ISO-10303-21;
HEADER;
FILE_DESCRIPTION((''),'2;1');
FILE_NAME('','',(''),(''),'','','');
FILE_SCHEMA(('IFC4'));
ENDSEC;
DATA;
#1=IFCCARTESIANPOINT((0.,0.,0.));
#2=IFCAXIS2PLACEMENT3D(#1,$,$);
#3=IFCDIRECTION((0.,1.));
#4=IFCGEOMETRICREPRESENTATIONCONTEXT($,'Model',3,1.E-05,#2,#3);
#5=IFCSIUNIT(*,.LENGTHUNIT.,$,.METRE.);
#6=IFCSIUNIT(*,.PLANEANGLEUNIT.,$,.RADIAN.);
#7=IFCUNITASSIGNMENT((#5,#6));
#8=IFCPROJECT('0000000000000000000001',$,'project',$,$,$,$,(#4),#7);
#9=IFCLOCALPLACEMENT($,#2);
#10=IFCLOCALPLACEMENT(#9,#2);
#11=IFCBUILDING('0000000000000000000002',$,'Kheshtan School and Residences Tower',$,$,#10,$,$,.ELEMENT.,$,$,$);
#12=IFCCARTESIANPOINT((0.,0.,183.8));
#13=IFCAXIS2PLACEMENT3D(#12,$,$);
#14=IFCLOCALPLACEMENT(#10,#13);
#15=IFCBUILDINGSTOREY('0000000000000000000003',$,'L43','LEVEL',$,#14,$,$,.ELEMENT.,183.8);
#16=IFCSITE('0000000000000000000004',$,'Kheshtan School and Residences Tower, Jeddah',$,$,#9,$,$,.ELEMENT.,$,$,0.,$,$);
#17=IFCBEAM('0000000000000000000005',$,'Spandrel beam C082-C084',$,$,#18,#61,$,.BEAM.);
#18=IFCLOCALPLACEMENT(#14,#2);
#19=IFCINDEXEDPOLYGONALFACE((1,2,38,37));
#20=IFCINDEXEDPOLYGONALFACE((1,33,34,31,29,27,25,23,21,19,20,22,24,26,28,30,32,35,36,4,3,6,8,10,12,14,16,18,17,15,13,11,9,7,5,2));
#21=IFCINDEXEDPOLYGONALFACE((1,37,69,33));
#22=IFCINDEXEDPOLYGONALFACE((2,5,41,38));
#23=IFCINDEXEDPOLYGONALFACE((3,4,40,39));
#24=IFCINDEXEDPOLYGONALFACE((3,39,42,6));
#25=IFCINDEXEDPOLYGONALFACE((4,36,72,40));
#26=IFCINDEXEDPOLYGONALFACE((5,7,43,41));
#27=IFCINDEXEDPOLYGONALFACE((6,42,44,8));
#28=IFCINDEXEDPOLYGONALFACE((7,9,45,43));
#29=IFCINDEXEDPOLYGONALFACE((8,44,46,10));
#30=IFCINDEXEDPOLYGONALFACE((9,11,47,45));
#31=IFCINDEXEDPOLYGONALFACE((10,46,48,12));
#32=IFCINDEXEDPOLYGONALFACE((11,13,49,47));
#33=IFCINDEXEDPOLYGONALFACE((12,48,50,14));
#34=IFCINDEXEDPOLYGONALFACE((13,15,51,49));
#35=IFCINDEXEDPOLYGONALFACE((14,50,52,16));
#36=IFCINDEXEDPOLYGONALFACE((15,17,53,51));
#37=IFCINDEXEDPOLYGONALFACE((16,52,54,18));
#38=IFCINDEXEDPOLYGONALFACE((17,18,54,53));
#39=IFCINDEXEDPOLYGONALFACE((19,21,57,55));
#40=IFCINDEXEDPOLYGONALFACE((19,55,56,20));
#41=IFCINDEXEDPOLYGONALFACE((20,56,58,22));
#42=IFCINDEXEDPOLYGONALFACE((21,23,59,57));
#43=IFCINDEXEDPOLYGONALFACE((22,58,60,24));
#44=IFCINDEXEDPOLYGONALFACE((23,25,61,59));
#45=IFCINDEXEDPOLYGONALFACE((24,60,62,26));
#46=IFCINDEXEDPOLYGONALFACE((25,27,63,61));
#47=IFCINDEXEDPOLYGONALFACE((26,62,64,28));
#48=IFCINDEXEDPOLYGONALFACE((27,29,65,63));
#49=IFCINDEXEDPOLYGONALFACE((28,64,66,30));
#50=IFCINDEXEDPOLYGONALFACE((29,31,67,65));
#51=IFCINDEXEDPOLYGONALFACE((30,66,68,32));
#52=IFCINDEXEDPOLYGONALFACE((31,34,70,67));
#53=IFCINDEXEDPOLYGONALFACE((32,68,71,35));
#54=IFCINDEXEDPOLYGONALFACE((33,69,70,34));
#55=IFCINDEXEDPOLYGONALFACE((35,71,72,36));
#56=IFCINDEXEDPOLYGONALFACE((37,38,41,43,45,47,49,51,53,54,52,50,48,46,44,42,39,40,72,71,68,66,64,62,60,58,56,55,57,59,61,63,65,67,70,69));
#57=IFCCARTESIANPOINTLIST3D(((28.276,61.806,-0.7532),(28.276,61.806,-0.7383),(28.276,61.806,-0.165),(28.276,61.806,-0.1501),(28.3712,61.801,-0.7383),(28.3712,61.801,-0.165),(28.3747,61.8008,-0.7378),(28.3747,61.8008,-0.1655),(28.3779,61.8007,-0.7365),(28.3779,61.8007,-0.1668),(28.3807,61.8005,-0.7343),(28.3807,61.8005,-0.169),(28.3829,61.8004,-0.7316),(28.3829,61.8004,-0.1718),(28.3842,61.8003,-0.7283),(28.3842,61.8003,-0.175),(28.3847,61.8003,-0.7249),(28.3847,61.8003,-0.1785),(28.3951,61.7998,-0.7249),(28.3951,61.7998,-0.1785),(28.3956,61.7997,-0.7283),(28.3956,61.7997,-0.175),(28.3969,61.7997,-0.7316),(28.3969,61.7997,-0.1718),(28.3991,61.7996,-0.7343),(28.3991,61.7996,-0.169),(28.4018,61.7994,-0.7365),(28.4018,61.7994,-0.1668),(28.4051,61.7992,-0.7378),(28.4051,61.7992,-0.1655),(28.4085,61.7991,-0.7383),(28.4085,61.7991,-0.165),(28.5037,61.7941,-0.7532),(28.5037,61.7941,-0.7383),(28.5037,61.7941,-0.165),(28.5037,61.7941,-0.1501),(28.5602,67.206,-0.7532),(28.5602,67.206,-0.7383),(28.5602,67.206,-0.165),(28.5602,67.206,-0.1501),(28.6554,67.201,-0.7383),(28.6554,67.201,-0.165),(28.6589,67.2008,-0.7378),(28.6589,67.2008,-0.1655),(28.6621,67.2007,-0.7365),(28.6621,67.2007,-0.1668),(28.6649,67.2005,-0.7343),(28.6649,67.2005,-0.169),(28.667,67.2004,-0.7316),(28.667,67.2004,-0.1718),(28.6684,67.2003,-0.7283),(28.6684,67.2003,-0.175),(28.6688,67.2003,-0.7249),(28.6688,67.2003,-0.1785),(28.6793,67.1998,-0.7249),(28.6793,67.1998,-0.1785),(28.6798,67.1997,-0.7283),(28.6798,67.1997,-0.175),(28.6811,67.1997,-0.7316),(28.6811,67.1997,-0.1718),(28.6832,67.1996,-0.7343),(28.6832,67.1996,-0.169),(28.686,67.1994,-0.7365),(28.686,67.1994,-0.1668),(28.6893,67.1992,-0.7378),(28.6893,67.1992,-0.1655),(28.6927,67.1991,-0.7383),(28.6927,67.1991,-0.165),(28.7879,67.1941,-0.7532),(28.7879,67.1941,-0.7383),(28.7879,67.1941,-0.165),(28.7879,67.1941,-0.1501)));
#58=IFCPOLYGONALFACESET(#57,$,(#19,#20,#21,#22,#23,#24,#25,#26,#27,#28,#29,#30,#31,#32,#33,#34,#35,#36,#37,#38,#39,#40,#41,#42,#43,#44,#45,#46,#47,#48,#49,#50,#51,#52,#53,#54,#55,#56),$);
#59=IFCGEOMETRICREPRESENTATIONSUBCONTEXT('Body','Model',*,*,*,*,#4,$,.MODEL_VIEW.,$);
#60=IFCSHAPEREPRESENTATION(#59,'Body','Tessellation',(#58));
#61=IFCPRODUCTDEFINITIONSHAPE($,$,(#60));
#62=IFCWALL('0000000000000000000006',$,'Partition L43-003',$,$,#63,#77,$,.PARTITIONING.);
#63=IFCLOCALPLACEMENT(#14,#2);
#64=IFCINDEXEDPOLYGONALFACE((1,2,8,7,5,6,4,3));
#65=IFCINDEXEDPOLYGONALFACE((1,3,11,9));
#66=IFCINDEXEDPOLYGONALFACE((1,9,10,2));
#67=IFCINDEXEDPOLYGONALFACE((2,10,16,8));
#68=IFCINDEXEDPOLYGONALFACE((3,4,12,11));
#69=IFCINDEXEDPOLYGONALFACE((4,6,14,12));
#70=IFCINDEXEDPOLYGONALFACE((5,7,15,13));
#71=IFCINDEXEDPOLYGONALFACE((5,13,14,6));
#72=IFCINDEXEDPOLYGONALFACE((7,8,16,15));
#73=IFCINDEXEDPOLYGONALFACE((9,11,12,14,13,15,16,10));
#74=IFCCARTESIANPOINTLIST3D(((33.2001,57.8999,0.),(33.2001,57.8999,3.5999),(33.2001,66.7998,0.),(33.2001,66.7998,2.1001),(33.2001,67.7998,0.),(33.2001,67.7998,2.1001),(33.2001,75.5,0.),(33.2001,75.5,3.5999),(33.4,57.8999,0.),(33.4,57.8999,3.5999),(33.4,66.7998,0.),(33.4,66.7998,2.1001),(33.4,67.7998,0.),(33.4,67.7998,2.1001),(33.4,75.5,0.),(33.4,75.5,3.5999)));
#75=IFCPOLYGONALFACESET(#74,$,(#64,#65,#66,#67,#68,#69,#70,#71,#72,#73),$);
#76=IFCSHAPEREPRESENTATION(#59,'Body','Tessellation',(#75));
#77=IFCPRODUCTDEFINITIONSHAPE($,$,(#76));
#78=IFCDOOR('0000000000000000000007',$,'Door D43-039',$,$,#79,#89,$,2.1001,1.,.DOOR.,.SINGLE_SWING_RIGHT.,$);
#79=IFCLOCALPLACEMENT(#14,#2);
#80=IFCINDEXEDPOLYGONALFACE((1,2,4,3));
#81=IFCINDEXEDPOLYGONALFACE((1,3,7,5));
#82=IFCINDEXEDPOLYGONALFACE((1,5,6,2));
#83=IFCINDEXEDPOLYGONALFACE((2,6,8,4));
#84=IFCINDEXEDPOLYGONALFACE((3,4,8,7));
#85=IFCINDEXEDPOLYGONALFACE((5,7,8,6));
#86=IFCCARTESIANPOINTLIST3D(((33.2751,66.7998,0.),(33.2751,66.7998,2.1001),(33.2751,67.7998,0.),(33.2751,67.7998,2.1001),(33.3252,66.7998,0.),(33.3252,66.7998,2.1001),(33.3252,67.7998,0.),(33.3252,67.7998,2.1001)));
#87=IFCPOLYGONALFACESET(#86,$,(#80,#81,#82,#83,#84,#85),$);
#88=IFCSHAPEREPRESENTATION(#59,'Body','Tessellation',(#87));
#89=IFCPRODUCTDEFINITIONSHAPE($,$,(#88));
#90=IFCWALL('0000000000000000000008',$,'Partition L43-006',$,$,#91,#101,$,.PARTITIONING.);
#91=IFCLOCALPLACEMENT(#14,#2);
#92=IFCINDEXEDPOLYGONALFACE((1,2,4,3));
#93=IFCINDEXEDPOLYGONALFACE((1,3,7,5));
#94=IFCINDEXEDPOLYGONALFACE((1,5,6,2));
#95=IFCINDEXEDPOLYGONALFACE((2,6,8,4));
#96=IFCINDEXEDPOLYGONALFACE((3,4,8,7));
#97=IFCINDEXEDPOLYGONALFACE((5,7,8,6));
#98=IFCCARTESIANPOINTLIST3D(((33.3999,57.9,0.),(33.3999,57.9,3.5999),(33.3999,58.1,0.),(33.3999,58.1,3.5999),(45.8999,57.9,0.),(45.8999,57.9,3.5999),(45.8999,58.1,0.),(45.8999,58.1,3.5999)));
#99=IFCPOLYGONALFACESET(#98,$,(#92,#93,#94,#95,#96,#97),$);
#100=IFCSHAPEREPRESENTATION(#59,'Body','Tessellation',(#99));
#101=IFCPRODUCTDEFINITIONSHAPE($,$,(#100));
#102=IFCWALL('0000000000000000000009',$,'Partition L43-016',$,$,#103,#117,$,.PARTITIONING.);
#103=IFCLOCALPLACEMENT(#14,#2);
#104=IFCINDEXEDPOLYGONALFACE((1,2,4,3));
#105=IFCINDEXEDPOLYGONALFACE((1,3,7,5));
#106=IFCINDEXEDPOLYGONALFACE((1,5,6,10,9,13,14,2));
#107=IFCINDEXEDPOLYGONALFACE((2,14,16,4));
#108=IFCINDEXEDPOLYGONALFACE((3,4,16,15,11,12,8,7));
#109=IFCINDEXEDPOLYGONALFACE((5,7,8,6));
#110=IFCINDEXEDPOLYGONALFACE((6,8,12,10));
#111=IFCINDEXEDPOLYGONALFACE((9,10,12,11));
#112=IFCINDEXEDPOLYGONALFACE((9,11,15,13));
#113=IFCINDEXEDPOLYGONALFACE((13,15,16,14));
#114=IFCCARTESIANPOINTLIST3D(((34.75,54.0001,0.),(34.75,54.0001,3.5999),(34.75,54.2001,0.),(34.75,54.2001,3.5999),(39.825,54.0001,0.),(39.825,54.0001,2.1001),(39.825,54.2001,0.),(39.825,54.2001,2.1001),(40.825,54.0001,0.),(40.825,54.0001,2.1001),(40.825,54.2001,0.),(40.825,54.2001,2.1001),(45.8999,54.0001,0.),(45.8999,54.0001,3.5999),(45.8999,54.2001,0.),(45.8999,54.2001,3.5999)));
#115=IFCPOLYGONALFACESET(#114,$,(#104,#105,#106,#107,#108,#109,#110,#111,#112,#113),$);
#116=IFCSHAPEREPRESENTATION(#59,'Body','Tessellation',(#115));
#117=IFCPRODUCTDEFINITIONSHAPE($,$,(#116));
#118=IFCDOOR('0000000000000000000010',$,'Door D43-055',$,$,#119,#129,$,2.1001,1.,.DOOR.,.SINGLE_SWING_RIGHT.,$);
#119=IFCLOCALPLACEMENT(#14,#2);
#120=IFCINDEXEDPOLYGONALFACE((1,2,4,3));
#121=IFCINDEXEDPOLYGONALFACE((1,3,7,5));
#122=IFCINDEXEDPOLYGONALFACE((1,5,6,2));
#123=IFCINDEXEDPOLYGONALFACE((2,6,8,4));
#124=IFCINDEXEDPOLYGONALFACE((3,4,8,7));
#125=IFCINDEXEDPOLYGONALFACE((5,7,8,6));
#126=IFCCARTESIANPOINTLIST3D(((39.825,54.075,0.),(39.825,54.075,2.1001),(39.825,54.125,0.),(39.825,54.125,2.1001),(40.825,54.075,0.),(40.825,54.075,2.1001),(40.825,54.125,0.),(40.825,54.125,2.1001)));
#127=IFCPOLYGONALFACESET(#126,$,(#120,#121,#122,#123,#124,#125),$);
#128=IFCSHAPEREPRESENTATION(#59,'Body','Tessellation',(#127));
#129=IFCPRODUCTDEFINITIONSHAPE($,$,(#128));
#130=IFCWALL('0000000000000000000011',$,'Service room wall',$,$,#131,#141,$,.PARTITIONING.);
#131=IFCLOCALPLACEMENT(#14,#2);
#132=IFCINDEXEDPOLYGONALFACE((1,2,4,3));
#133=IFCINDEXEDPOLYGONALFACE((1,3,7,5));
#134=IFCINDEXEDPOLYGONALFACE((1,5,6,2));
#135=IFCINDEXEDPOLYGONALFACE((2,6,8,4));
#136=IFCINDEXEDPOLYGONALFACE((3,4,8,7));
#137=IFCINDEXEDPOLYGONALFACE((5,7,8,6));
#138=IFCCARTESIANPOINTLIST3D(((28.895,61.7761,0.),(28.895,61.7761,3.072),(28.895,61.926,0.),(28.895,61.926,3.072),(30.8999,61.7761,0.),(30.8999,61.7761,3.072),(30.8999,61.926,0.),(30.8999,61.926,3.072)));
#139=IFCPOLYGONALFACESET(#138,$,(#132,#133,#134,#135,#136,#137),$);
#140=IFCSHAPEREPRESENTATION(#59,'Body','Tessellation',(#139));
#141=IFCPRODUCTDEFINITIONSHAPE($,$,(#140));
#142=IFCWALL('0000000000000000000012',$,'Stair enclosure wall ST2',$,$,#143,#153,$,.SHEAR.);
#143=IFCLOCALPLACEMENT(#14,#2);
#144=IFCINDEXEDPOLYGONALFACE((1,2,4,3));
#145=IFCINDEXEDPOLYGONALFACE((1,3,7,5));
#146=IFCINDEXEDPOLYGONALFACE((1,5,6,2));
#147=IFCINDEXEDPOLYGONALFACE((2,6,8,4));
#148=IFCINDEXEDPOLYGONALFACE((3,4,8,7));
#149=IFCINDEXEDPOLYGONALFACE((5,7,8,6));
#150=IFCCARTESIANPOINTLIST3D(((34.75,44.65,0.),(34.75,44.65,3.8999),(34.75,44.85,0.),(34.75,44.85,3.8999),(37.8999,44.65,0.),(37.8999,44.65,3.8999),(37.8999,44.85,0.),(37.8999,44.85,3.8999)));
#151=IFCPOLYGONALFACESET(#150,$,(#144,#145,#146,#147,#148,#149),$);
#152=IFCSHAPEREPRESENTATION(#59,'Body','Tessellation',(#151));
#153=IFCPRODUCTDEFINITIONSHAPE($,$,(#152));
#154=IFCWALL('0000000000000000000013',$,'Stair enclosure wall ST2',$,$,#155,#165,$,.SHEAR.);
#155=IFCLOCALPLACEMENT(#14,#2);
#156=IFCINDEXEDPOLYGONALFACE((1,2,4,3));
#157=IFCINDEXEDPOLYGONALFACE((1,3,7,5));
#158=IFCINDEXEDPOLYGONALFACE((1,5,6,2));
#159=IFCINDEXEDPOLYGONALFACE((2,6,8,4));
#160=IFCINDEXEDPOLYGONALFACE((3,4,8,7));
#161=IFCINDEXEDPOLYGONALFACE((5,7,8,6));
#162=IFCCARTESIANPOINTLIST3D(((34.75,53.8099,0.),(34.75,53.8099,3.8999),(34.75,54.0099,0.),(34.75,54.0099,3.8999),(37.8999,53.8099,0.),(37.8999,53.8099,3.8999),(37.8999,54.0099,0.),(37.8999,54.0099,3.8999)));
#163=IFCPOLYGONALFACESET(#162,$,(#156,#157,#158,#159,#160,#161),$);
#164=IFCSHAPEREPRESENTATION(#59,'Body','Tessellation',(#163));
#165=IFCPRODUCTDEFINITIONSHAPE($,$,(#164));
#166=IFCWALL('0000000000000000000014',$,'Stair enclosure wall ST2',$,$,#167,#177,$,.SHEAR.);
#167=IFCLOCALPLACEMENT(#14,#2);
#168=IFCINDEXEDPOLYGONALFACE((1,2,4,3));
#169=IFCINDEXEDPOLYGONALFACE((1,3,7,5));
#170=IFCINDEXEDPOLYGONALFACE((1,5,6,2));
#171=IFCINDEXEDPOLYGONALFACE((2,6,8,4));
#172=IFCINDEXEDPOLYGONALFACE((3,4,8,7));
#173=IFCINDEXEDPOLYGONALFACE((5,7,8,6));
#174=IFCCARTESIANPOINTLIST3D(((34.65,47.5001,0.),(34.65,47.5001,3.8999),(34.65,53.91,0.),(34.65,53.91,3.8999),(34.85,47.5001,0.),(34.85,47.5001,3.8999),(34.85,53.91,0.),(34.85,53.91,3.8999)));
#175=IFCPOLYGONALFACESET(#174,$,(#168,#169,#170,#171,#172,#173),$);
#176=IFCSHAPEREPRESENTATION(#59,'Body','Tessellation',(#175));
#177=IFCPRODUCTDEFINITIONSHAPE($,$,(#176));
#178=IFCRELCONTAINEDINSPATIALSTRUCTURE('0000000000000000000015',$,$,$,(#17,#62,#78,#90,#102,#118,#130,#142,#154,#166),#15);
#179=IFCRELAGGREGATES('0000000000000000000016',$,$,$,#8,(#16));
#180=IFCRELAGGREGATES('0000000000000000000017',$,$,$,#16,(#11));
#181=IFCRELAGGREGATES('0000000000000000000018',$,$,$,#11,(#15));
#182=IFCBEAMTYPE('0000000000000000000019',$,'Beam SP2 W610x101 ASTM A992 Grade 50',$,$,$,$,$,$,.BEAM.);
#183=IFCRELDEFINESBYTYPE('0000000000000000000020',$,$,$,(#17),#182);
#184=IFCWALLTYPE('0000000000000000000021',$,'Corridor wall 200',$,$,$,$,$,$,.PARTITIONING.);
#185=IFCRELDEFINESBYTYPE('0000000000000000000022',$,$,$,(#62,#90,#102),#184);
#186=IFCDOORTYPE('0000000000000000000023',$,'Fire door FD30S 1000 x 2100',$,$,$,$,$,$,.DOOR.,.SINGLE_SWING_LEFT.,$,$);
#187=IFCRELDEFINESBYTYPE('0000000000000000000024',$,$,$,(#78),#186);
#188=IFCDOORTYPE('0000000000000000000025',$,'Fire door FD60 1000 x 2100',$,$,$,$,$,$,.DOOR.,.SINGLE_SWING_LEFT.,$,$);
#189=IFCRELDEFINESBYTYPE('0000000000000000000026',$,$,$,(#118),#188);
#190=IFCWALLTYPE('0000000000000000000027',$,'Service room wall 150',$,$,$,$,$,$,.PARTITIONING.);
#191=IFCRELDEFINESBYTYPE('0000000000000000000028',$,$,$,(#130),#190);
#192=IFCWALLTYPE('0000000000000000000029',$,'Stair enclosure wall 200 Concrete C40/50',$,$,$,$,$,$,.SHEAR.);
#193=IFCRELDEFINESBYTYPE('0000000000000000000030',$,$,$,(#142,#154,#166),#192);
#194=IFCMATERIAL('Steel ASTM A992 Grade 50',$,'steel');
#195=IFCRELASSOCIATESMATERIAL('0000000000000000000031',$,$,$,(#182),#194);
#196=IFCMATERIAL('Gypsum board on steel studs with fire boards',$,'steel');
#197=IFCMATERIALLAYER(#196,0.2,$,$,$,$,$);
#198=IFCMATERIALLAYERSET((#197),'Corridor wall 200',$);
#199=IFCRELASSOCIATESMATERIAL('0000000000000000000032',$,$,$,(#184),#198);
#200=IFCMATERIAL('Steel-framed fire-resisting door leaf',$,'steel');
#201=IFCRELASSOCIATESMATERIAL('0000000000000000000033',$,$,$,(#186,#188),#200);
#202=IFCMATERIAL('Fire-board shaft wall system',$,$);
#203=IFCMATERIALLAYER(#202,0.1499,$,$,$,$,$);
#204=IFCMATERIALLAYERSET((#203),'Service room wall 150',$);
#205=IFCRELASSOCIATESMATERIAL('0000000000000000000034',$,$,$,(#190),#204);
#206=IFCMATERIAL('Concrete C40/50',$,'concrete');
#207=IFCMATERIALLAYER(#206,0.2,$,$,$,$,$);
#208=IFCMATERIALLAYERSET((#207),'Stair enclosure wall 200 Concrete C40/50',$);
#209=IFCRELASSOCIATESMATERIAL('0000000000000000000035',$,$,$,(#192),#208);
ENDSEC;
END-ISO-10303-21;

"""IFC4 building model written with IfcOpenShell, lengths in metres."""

from ifc_helpers import new_model, si_unit, direction, frame, frame_2d, origin, origin_2d, place, context, subcontext, project, spatial, rectangle, i_section, extrude, source, transform, mapped, material, layer, layer_set, material_profile, profile_set, type_object, element, fill, save


model = new_model("IFC4")

# Units and contexts
model_context = context("Model", 3, precision=1e-05, world=origin(), true_north=direction((0.0, 1.0)))
body_context = subcontext(model_context, "Body", "Model", "MODEL_VIEW")
ifc_project = project(units=[si_unit("LENGTHUNIT", "METRE"), si_unit("PLANEANGLEUNIT", "RADIAN")], contexts=[model_context])

# Site, building, storey
site_placement = place(None, origin())
site = spatial("IfcSite", under=ifc_project, at=site_placement, Name="Kheshtan School and Residences Tower, Jeddah", CompositionType="ELEMENT", RefElevation=0.0)
building_placement = place(site_placement, origin())
building = spatial("IfcBuilding", under=site, at=building_placement, Name="Kheshtan School and Residences Tower", CompositionType="ELEMENT")
storey_placement = place(building_placement, frame((0.0, 0.0, 183.8)))
storey = spatial("IfcBuildingStorey", under=building, at=storey_placement, Name="L43", Description="LEVEL", CompositionType="ELEMENT", Elevation=183.8)

# Shared definitions
ifc_material_1 = material(Name="Steel ASTM A992 Grade 50", Category="steel")

# Beam
ifc_material_profile_1 = material_profile(ifc_material_1, i_section(OverallWidth=0.228, OverallDepth=0.603, WebThickness=0.0105, FlangeThickness=0.0149, FilletRadius=0.0134, at=origin_2d()), Name="W610x101")
ifc_profile_set_1 = profile_set([ifc_material_profile_1], Name="Steel ASTM A992 Grade 50")
beam_type_1 = type_object("IfcBeamType", Name="Beam SP2 W610x101 ASTM A992 Grade 50", PredefinedType="BEAM", material=ifc_profile_set_1)
beam_1_placement = place(storey_placement, frame((28.3899, 61.8, -0.4517), z_axis=(0.052554, 0.998618, 0.0), x_axis=(-0.998618, 0.052554, 0.0)))
element("IfcBeam", 1, at=beam_1_placement, inside=storey, type_object=beam_type_1, Name="Spandrel beam C082-C084", PredefinedType="BEAM", context=body_context, shape_type="SweptSolid", body=[
    extrude(i_section(OverallWidth=0.228, OverallDepth=0.603, WebThickness=0.0105, FlangeThickness=0.0149, FilletRadius=0.0134, at=origin_2d()), origin(), (0.0, 0.0, 1.0), 5.4075),
])

# Wall, opening, door
ifc_material_2 = material(Name="Gypsum board on steel studs with fire boards", Category="steel")
ifc_layer_1 = layer(ifc_material_2, 0.2)
ifc_layer_set_1 = layer_set([ifc_layer_1], Name="Corridor wall 200")
wall_type_1 = type_object("IfcWallType", Name="Corridor wall 200", PredefinedType="PARTITIONING", material=ifc_layer_set_1)
wall_1_placement = place(storey_placement, frame((33.3, 57.8999, 0.0), z_axis=(0.0, 0.0, 1.0), x_axis=(0.0, 1.0, 0.0)))
wall_1 = element("IfcWall", 2, at=wall_1_placement, inside=storey, type_object=wall_type_1, Name="Partition L43-003", PredefinedType="PARTITIONING", context=body_context, shape_type="SweptSolid", body=[
    extrude(rectangle(XDim=17.6001, YDim=0.2, at=frame_2d((8.8, 0.0))), origin(), (0.0, 0.0, 1.0), 3.5999),
])
opening_1_placement = place(wall_1_placement, frame((8.8999, 0.0, 0.0)))
opening_1 = element("IfcOpeningElement", 3, at=opening_1_placement, cuts=wall_1, PredefinedType="OPENING", context=body_context, shape_type="SweptSolid", body=[
    extrude(rectangle(XDim=1.0, YDim=2.1001, at=frame_2d((0.5, 1.05))), frame((0.0, 0.1099, 0.0), z_axis=(0.0, -1.0, 0.0), x_axis=(1.0, 0.0, 0.0)), (0.0, 0.0, 1.0), 0.22),
])
ifc_material_3 = material(Name="Steel-framed fire-resisting door leaf", Category="steel")
door_type_1 = type_object("IfcDoorType", Name="Fire door FD30S 1000 x 2100", OperationType="SINGLE_SWING_LEFT", PredefinedType="DOOR", material=ifc_material_3)
shared_shape_1 = source(origin(), body_context, "Body", "SweptSolid", [
    extrude(rectangle(XDim=1.0, YDim=2.1001, at=frame_2d((0.5, 1.05))), frame((0.0, 0.0249, 0.0), z_axis=(0.0, -1.0, 0.0), x_axis=(1.0, 0.0, 0.0)), (0.0, 0.0, 1.0), 0.05),
])
door_1_placement = place(opening_1_placement, origin())
door_1 = element("IfcDoor", 4, at=door_1_placement, inside=storey, type_object=door_type_1, Name="Door D43-039", OperationType="SINGLE_SWING_RIGHT", OverallHeight=2.1001, OverallWidth=1.0, PredefinedType="DOOR", context=body_context, shape_type="MappedRepresentation", body=[
    mapped(shared_shape_1, transform((0.0, 0.0, 0.0), x_axis=(1.0, 0.0, 0.0), y_axis=(0.0, 1.0, 0.0), z_axis=(0.0, 0.0, 1.0), scale=1.0)),
])
fill(opening_1, door_1)

# Wall
wall_2_placement = place(storey_placement, frame((33.3999, 58.0, 0.0), z_axis=(0.0, 0.0, 1.0), x_axis=(1.0, 0.0, 0.0)))
element("IfcWall", 5, at=wall_2_placement, inside=storey, type_object=wall_type_1, Name="Partition L43-006", PredefinedType="PARTITIONING", context=body_context, shape_type="SweptSolid", body=[
    extrude(rectangle(XDim=12.5, YDim=0.2, at=frame_2d((6.25, 0.0))), origin(), (0.0, 0.0, 1.0), 3.5999),
])

# Wall, opening, door
wall_3_placement = place(storey_placement, frame((34.75, 54.1001, 0.0), z_axis=(0.0, 0.0, 1.0), x_axis=(1.0, 0.0, 0.0)))
wall_3 = element("IfcWall", 6, at=wall_3_placement, inside=storey, type_object=wall_type_1, Name="Partition L43-016", PredefinedType="PARTITIONING", context=body_context, shape_type="SweptSolid", body=[
    extrude(rectangle(XDim=11.1499, YDim=0.2, at=frame_2d((5.575, 0.0))), origin(), (0.0, 0.0, 1.0), 3.5999),
])
opening_2_placement = place(wall_3_placement, frame((5.075, 0.0, 0.0)))
opening_2 = element("IfcOpeningElement", 7, at=opening_2_placement, cuts=wall_3, PredefinedType="OPENING", context=body_context, shape_type="SweptSolid", body=[
    extrude(rectangle(XDim=1.0, YDim=2.1001, at=frame_2d((0.5, 1.05))), frame((0.0, 0.1099, 0.0), z_axis=(0.0, -1.0, 0.0), x_axis=(1.0, 0.0, 0.0)), (0.0, 0.0, 1.0), 0.22),
])
door_type_2 = type_object("IfcDoorType", Name="Fire door FD60 1000 x 2100", OperationType="SINGLE_SWING_LEFT", PredefinedType="DOOR", material=ifc_material_3)
shared_shape_2 = source(origin(), body_context, "Body", "SweptSolid", [
    extrude(rectangle(XDim=1.0, YDim=2.1001, at=frame_2d((0.5, 1.05))), frame((0.0, 0.0249, 0.0), z_axis=(0.0, -1.0, 0.0), x_axis=(1.0, 0.0, 0.0)), (0.0, 0.0, 1.0), 0.05),
])
door_2_placement = place(opening_2_placement, origin())
door_2 = element("IfcDoor", 8, at=door_2_placement, inside=storey, type_object=door_type_2, Name="Door D43-055", OperationType="SINGLE_SWING_RIGHT", OverallHeight=2.1001, OverallWidth=1.0, PredefinedType="DOOR", context=body_context, shape_type="MappedRepresentation", body=[
    mapped(shared_shape_2, transform((0.0, 0.0, 0.0), x_axis=(1.0, 0.0, 0.0), y_axis=(0.0, 1.0, 0.0), z_axis=(0.0, 0.0, 1.0), scale=1.0)),
])
fill(opening_2, door_2)

# Walls
ifc_material_4 = material(Name="Fire-board shaft wall system")
ifc_layer_2 = layer(ifc_material_4, 0.1499)
ifc_layer_set_2 = layer_set([ifc_layer_2], Name="Service room wall 150")
wall_type_2 = type_object("IfcWallType", Name="Service room wall 150", PredefinedType="PARTITIONING", material=ifc_layer_set_2)
wall_4_placement = place(storey_placement, frame((28.895, 61.8511, 0.0), z_axis=(0.0, 0.0, 1.0), x_axis=(1.0, 0.0, 0.0)))
element("IfcWall", 9, at=wall_4_placement, inside=storey, type_object=wall_type_2, Name="Service room wall", PredefinedType="PARTITIONING", context=body_context, shape_type="SweptSolid", body=[
    extrude(rectangle(XDim=2.0049, YDim=0.1499, at=frame_2d((1.0024, 0.0))), origin(), (0.0, 0.0, 1.0), 3.072),
])
ifc_material_5 = material(Name="Concrete C40/50", Category="concrete")
ifc_layer_3 = layer(ifc_material_5, 0.2)
ifc_layer_set_3 = layer_set([ifc_layer_3], Name="Stair enclosure wall 200 Concrete C40/50")
wall_type_3 = type_object("IfcWallType", Name="Stair enclosure wall 200 Concrete C40/50", PredefinedType="SHEAR", material=ifc_layer_set_3)
for number, where, z_axis, x_axis, name in (
    (10, (34.75, 44.75, 0.0), (0.0, 0.0, 1.0), (1.0, 0.0, 0.0), "Stair enclosure wall ST2"),
    (11, (34.75, 53.9099, 0.0), (0.0, 0.0, 1.0), (1.0, 0.0, 0.0), "Stair enclosure wall ST2"),
):
    element("IfcWall", number, at=place(storey_placement, frame(where, z_axis=z_axis, x_axis=x_axis)), inside=storey, type_object=wall_type_3, Name=name, PredefinedType="SHEAR", context=body_context, shape_type="SweptSolid", body=[
        extrude(rectangle(XDim=3.1499, YDim=0.2, at=frame_2d((1.575, 0.0))), origin(), (0.0, 0.0, 1.0), 3.8999),
    ])
wall_5_placement = place(storey_placement, frame((34.75, 47.5, 0.0), z_axis=(0.0, 0.0, 1.0), x_axis=(0.0, 1.0, 0.0)))
element("IfcWall", 12, at=wall_5_placement, inside=storey, type_object=wall_type_3, Name="Stair enclosure wall ST2", PredefinedType="SHEAR", context=body_context, shape_type="SweptSolid", body=[
    extrude(rectangle(XDim=6.4099, YDim=0.2, at=frame_2d((3.2051, 0.0))), origin(), (0.0, 0.0, 1.0), 3.8999),
])

save(model, "model.ifc")
